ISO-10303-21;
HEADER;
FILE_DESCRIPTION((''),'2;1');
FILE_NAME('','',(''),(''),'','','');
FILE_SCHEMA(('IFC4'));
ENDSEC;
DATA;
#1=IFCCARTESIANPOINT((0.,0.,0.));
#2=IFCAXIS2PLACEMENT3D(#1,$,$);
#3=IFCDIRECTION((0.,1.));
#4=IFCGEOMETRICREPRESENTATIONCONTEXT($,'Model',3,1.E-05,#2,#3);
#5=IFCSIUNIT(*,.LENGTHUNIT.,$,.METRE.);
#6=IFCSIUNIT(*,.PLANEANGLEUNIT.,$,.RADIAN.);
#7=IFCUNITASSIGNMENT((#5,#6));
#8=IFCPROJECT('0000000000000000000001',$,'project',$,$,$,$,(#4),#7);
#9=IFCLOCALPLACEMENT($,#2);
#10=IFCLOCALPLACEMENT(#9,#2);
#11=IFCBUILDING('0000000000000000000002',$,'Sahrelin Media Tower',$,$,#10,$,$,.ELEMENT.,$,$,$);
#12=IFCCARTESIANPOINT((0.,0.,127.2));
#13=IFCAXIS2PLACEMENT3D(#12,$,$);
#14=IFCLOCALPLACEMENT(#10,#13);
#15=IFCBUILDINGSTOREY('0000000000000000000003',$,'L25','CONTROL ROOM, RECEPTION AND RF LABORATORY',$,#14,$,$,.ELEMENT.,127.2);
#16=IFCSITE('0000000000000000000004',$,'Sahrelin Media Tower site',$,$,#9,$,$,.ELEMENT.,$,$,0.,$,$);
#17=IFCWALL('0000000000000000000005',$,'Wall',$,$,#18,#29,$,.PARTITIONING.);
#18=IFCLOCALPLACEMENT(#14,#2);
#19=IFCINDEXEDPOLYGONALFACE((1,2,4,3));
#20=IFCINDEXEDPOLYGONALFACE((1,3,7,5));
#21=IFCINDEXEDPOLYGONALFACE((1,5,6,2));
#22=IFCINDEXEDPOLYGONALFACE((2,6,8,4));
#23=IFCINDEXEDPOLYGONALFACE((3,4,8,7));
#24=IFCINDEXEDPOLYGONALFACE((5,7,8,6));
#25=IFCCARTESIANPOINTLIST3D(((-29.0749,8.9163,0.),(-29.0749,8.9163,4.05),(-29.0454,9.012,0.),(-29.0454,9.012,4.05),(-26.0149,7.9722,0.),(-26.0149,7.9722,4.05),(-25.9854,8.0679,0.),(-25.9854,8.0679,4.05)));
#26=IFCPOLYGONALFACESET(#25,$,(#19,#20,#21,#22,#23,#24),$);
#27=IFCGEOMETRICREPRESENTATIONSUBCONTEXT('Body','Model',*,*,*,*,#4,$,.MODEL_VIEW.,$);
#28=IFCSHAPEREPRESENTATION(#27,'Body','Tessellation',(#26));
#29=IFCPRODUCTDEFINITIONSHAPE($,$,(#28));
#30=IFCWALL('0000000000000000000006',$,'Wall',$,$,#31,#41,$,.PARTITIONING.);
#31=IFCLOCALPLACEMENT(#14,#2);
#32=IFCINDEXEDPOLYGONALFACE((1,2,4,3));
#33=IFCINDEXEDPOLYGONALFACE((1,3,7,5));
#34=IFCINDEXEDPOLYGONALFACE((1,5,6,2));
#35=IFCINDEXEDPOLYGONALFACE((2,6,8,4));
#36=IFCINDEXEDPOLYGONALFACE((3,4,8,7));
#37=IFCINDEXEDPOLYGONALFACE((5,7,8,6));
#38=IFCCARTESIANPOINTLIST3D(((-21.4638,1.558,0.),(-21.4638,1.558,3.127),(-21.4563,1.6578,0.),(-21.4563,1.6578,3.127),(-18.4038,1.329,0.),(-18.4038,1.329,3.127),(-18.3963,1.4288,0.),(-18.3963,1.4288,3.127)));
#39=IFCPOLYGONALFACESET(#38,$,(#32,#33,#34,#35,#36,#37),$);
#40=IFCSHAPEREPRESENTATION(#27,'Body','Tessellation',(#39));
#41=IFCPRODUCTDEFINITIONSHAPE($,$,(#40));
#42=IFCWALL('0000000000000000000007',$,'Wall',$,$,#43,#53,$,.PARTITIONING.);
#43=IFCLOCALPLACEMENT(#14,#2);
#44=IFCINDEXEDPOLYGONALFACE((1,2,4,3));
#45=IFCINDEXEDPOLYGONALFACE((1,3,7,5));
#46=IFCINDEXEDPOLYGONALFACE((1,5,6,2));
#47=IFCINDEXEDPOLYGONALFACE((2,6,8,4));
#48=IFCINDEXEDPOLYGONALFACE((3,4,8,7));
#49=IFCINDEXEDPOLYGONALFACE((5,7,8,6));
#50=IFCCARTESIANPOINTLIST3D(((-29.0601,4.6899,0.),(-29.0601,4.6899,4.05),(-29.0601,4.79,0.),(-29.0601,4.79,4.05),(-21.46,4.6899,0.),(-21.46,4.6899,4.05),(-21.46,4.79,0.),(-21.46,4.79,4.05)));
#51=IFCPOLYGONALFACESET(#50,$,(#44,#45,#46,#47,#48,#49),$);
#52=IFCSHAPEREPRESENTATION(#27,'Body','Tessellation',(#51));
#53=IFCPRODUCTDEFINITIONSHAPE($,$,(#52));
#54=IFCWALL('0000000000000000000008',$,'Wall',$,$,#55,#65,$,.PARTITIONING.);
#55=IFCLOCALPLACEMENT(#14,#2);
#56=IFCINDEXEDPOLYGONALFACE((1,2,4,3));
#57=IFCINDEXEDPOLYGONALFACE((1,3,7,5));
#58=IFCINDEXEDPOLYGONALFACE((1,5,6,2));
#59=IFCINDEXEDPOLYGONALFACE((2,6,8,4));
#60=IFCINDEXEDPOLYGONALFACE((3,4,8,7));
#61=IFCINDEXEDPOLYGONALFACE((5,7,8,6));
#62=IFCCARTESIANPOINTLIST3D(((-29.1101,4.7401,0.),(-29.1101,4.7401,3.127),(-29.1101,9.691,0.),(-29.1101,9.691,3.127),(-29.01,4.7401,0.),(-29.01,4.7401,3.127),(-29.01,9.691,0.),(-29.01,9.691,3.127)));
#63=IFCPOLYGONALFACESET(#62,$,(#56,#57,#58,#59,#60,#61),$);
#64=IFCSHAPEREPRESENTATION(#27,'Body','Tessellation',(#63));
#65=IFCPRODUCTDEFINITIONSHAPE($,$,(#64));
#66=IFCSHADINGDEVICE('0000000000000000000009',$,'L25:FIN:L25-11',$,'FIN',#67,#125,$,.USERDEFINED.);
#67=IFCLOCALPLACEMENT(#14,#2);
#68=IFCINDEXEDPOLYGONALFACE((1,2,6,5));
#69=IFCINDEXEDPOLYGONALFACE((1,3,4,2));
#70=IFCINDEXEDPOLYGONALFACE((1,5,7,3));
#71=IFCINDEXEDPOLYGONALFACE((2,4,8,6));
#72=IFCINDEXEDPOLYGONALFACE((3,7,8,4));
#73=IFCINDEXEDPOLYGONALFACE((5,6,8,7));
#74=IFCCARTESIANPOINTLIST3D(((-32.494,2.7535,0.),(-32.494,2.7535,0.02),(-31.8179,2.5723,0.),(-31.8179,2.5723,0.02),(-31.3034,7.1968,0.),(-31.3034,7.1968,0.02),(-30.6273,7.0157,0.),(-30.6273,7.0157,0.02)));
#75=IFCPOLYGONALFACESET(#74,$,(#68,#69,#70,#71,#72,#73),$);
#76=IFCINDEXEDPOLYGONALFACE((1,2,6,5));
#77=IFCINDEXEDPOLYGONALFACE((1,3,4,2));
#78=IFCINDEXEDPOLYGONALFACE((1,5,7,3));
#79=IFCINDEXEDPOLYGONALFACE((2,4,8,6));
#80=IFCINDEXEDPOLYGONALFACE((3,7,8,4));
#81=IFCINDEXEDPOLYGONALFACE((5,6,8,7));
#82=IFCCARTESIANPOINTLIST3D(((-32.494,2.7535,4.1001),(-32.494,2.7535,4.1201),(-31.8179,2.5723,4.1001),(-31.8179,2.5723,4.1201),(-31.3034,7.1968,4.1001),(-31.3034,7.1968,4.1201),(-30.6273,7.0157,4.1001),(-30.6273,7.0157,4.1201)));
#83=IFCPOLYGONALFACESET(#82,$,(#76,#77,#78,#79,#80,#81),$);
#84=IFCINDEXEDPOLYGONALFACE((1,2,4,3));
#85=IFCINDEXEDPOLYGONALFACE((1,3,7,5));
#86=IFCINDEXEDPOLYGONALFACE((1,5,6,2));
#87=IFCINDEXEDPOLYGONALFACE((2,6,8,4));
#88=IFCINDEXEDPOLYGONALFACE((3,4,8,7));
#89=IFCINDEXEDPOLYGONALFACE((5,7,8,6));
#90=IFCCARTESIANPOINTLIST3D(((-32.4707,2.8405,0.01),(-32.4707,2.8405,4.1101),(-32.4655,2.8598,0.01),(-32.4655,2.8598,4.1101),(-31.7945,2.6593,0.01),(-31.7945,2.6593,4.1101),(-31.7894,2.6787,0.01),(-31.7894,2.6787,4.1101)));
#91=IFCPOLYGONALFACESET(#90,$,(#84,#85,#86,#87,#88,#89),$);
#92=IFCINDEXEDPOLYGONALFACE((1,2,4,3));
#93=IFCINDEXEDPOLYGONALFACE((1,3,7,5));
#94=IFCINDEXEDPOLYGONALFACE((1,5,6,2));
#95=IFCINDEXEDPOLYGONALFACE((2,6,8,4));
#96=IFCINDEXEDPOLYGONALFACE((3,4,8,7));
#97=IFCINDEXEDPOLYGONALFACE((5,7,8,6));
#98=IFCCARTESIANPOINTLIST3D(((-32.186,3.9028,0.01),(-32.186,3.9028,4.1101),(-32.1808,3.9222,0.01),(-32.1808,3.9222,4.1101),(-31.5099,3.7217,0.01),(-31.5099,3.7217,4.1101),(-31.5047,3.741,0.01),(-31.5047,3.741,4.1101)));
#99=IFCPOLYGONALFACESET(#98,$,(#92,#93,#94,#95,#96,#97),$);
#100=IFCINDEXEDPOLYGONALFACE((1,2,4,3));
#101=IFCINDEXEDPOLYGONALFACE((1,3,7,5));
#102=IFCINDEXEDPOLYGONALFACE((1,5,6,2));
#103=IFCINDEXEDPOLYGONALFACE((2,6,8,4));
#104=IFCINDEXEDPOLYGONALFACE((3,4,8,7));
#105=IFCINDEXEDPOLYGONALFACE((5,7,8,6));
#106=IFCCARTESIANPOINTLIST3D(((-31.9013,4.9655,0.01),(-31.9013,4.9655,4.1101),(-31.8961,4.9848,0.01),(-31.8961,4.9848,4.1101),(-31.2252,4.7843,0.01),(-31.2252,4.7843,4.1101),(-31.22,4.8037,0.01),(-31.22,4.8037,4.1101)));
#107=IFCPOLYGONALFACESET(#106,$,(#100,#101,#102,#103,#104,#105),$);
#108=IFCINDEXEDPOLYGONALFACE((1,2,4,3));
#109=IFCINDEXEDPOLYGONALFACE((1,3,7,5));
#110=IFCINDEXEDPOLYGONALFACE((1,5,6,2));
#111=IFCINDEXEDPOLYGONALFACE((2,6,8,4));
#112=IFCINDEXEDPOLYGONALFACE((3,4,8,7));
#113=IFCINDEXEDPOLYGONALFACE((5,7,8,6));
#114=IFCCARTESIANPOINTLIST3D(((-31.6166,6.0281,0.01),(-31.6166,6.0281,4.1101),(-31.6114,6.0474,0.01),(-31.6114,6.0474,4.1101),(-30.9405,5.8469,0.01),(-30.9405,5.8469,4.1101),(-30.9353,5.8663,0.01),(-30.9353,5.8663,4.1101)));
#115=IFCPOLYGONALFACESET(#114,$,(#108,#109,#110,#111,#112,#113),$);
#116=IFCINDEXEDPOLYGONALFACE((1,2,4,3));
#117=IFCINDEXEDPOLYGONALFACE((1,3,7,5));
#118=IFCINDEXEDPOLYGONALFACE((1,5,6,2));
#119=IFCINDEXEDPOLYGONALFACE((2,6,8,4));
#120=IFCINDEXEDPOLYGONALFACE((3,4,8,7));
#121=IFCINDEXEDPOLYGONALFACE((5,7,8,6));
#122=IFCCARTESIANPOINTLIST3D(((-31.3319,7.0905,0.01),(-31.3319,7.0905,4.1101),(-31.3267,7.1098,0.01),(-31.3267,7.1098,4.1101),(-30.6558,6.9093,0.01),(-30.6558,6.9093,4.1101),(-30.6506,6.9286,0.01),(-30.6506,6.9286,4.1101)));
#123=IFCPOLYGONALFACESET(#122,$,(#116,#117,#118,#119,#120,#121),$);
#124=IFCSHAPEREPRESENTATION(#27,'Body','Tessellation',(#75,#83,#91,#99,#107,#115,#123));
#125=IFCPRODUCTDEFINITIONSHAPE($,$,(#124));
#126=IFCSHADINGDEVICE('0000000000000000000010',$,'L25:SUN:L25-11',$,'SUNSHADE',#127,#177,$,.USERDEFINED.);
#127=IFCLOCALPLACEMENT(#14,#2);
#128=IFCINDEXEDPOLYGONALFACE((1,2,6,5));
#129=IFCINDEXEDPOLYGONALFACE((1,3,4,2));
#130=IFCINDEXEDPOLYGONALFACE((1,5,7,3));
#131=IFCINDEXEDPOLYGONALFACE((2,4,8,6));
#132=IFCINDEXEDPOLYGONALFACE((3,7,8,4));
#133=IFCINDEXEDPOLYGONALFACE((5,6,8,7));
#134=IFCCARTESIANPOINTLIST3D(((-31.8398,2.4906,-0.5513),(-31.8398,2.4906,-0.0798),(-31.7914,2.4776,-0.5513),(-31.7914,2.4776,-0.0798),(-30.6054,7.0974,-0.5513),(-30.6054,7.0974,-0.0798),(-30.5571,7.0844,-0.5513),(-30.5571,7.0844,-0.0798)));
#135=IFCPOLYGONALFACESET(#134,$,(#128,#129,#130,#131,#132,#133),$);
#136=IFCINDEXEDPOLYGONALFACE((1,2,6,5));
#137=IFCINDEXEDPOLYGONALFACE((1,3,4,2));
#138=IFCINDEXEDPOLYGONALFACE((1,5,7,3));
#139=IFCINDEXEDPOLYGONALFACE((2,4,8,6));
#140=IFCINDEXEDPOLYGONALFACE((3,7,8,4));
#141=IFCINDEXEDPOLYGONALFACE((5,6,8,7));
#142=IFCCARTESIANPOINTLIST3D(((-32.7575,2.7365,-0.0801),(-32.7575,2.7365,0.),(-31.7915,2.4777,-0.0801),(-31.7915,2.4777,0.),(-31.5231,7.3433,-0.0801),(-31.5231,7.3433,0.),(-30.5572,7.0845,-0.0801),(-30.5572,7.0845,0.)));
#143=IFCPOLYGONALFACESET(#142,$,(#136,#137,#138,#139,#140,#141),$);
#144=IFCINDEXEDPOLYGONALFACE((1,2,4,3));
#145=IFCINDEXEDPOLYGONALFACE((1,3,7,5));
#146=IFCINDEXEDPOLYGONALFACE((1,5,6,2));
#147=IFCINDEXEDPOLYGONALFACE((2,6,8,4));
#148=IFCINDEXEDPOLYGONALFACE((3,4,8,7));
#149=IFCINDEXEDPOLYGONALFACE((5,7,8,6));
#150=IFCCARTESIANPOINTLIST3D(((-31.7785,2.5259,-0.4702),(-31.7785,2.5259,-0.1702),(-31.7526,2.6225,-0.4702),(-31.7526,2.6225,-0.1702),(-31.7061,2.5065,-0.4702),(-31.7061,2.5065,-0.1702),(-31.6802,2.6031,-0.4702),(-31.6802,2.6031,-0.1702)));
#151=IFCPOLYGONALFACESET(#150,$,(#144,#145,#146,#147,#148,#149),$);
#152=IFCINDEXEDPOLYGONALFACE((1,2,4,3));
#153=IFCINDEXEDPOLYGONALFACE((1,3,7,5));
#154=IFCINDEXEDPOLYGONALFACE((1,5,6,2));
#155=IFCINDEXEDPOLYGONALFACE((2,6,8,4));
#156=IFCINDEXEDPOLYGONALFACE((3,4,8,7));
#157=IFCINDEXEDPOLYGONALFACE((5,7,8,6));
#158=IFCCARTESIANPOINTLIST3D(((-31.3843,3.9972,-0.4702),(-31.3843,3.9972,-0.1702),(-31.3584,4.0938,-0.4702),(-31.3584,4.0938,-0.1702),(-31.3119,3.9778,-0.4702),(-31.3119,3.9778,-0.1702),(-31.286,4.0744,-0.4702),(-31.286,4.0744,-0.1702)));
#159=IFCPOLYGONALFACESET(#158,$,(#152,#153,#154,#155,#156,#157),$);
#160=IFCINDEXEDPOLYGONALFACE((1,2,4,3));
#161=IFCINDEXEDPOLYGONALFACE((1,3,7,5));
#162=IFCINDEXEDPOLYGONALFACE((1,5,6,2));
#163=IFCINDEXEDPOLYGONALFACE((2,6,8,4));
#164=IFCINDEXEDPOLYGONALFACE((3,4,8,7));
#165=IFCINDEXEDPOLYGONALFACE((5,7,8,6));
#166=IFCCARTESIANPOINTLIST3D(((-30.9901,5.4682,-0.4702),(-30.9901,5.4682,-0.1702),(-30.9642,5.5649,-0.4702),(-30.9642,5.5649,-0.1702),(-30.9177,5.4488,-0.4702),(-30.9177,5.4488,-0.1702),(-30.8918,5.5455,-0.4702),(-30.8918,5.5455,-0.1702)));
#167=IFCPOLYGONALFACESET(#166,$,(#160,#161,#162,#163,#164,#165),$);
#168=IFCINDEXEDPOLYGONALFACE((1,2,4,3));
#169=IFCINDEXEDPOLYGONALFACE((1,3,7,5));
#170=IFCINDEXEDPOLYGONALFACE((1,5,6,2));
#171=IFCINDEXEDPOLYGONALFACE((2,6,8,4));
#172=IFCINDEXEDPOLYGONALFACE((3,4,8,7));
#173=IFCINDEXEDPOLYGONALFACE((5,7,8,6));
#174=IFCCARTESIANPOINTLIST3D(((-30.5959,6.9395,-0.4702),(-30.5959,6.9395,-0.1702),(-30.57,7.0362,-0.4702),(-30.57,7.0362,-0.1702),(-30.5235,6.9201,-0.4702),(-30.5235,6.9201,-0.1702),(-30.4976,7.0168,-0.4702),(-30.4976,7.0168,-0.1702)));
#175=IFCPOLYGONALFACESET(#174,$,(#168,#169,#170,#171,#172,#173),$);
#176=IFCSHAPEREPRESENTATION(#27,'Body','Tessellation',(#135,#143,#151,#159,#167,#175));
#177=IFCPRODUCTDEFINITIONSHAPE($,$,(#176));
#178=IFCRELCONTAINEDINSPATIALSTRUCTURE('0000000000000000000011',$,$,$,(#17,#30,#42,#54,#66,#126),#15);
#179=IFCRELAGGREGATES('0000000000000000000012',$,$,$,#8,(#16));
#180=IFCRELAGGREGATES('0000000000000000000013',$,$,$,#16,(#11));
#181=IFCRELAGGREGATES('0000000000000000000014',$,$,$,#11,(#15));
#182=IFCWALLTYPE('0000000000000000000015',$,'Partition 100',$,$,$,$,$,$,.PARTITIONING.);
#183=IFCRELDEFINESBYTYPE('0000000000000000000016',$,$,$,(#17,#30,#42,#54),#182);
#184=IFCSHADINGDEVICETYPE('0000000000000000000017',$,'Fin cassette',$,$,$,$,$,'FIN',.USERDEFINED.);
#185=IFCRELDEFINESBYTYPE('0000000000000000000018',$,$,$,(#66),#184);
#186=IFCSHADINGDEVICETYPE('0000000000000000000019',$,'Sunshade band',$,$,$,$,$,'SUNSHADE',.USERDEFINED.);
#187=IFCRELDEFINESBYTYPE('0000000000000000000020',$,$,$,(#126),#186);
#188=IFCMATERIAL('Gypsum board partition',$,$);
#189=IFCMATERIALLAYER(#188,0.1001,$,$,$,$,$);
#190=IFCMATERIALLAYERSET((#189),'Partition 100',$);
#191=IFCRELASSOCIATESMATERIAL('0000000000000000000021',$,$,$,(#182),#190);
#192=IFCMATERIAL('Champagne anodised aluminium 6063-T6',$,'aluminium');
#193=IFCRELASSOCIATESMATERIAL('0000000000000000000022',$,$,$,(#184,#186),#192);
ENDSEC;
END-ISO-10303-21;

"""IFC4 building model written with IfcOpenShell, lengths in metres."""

from ifc_helpers import new_model, si_unit, direction, frame, frame_2d, origin, origin_2d, place, context, subcontext, project, spatial, rectangle, extrude, material, layer, layer_set, type_object, element, save


model = new_model("IFC4")

# Units and contexts
model_context = context("Model", 3, precision=1e-05, world=origin(), true_north=direction((0.0, 1.0)))
body_context = subcontext(model_context, "Body", "Model", "MODEL_VIEW")
ifc_project = project(units=[si_unit("LENGTHUNIT", "METRE"), si_unit("PLANEANGLEUNIT", "RADIAN")], contexts=[model_context])

# Site, building, storey
site_placement = place(None, origin())
site = spatial("IfcSite", under=ifc_project, at=site_placement, Name="Sahrelin Media Tower site", CompositionType="ELEMENT", RefElevation=0.0)
building_placement = place(site_placement, origin())
building = spatial("IfcBuilding", under=site, at=building_placement, Name="Sahrelin Media Tower", CompositionType="ELEMENT")
storey_placement = place(building_placement, frame((0.0, 0.0, 127.2)))
storey = spatial("IfcBuildingStorey", under=building, at=storey_placement, Name="L25", Description="CONTROL ROOM, RECEPTION AND RF LABORATORY", CompositionType="ELEMENT", Elevation=127.2)

# Shared definitions
ifc_material_1 = material(Name="Champagne anodised aluminium 6063-T6", Category="aluminium")

# Walls
ifc_material_2 = material(Name="Gypsum board partition")
ifc_layer_1 = layer(ifc_material_2, 0.1001)
ifc_layer_set_1 = layer_set([ifc_layer_1], Name="Partition 100")
wall_type_1 = type_object("IfcWallType", Name="Partition 100", PredefinedType="PARTITIONING", material=ifc_layer_set_1)
wall_1_placement = place(storey_placement, frame((-29.0601, 8.9641, 0.0), z_axis=(0.0, 0.0, 1.0), x_axis=(0.955556, -0.294809, 0.0)))
element("IfcWall", 1, at=wall_1_placement, inside=storey, type_object=wall_type_1, Name="Wall", PredefinedType="PARTITIONING", context=body_context, shape_type="SweptSolid", body=[
    extrude(rectangle(XDim=3.2024, YDim=0.1001, at=frame_2d((1.6011, 0.0))), origin(), (0.0, 0.0, 1.0), 4.05),
])
wall_2_placement = place(storey_placement, frame((-21.46, 1.6079, 0.0), z_axis=(0.0, 0.0, 1.0), x_axis=(0.997211, -0.074628, 0.0)))
element("IfcWall", 2, at=wall_2_placement, inside=storey, type_object=wall_type_1, Name="Wall", PredefinedType="PARTITIONING", context=body_context, shape_type="SweptSolid", body=[
    extrude(rectangle(XDim=3.0686, YDim=0.1001, at=frame_2d((1.5342, 0.0))), origin(), (0.0, 0.0, 1.0), 3.127),
])
wall_3_placement = place(storey_placement, frame((-29.0601, 4.74, 0.0), z_axis=(0.0, 0.0, 1.0), x_axis=(1.0, 0.0, 0.0)))
element("IfcWall", 3, at=wall_3_placement, inside=storey, type_object=wall_type_1, Name="Wall", PredefinedType="PARTITIONING", context=body_context, shape_type="SweptSolid", body=[
    extrude(rectangle(XDim=7.6001, YDim=0.1001, at=frame_2d((3.8, 0.0))), origin(), (0.0, 0.0, 1.0), 4.05),
])
wall_4_placement = place(storey_placement, frame((-29.0601, 4.74, 0.0), z_axis=(0.0, 0.0, 1.0), x_axis=(0.0, 1.0, 0.0)))
element("IfcWall", 4, at=wall_4_placement, inside=storey, type_object=wall_type_1, Name="Wall", PredefinedType="PARTITIONING", context=body_context, shape_type="SweptSolid", body=[
    extrude(rectangle(XDim=4.9509, YDim=0.1001, at=frame_2d((2.4756, 0.0))), origin(), (0.0, 0.0, 1.0), 3.127),
])

# Shading devices
shading_device_type_1 = type_object("IfcShadingDeviceType", Name="Fin cassette", ElementType="FIN", PredefinedType="USERDEFINED", material=ifc_material_1)
placement = place(storey_placement, frame((-31.155, 4.7759, 0.0), z_axis=(0.0, 0.0, 1.0), x_axis=(0.258808, 0.965929, 0.0)))
element("IfcShadingDevice", 5, at=placement, inside=storey, type_object=shading_device_type_1, Name="L25:FIN:L25-11", ObjectType="FIN", PredefinedType="USERDEFINED", context=body_context, shape_type="SweptSolid", body=[
    extrude(rectangle(XDim=4.6001, YDim=0.7, at=origin_2d()), frame((0.0, 0.4199, 0.0)), (0.0, 0.0, 1.0), 0.02),
    extrude(rectangle(XDim=4.6001, YDim=0.7, at=origin_2d()), frame((0.0, 0.4199, 4.1001)), (0.0, 0.0, 1.0), 0.02),
    extrude(rectangle(XDim=0.02, YDim=0.7, at=origin_2d()), frame((-2.2, 0.4199, 0.01), z_axis=(0.0, 0.0, 1.0), x_axis=(1.0, 0.0, 0.0)), (0.0, 0.0, 1.0), 4.1001),
    extrude(rectangle(XDim=0.02, YDim=0.7, at=origin_2d()), frame((-1.1001, 0.4199, 0.01), z_axis=(0.0, 0.0, 1.0), x_axis=(1.0, 0.0, 0.0)), (0.0, 0.0, 1.0), 4.1001),
    extrude(rectangle(XDim=0.02, YDim=0.7, at=origin_2d()), frame((0.0, 0.4199, 0.01), z_axis=(0.0, 0.0, 1.0), x_axis=(1.0, 0.0, 0.0)), (0.0, 0.0, 1.0), 4.1001),
    extrude(rectangle(XDim=0.02, YDim=0.7, at=origin_2d()), frame((1.1001, 0.4199, 0.01), z_axis=(0.0, 0.0, 1.0), x_axis=(1.0, 0.0, 0.0)), (0.0, 0.0, 1.0), 4.1001),
    extrude(rectangle(XDim=0.02, YDim=0.7, at=origin_2d()), frame((2.2, 0.4199, 0.01), z_axis=(0.0, 0.0, 1.0), x_axis=(1.0, 0.0, 0.0)), (0.0, 0.0, 1.0), 4.1001),
])
shading_device_type_2 = type_object("IfcShadingDeviceType", Name="Sunshade band", ElementType="SUNSHADE", PredefinedType="USERDEFINED", material=ifc_material_1)
element("IfcShadingDevice", 6, at=placement, inside=storey, type_object=shading_device_type_2, Name="L25:SUN:L25-11", ObjectType="SUNSHADE", PredefinedType="USERDEFINED", context=body_context, shape_type="SweptSolid", body=[
    extrude(rectangle(XDim=4.7693, YDim=0.05, at=origin_2d()), frame((0.0, 0.0449, -0.5513)), (0.0, 0.0, 1.0), 0.4714),
    extrude(rectangle(XDim=4.7693, YDim=1.0, at=origin_2d()), frame((0.0, 0.52, -0.0801)), (0.0, 0.0, 1.0), 0.0801),
    extrude(rectangle(XDim=0.1001, YDim=0.075, at=origin_2d()), frame((-2.2847, -0.0176, -0.4702)), (0.0, 0.0, 1.0), 0.3),
    extrude(rectangle(XDim=0.1001, YDim=0.075, at=origin_2d()), frame((-0.7615, -0.0176, -0.4702)), (0.0, 0.0, 1.0), 0.3),
    extrude(rectangle(XDim=0.1001, YDim=0.075, at=origin_2d()), frame((0.7615, -0.0176, -0.4702)), (0.0, 0.0, 1.0), 0.3),
    extrude(rectangle(XDim=0.1001, YDim=0.075, at=origin_2d()), frame((2.2847, -0.0176, -0.4702)), (0.0, 0.0, 1.0), 0.3),
])

save(model, "model.ifc")
